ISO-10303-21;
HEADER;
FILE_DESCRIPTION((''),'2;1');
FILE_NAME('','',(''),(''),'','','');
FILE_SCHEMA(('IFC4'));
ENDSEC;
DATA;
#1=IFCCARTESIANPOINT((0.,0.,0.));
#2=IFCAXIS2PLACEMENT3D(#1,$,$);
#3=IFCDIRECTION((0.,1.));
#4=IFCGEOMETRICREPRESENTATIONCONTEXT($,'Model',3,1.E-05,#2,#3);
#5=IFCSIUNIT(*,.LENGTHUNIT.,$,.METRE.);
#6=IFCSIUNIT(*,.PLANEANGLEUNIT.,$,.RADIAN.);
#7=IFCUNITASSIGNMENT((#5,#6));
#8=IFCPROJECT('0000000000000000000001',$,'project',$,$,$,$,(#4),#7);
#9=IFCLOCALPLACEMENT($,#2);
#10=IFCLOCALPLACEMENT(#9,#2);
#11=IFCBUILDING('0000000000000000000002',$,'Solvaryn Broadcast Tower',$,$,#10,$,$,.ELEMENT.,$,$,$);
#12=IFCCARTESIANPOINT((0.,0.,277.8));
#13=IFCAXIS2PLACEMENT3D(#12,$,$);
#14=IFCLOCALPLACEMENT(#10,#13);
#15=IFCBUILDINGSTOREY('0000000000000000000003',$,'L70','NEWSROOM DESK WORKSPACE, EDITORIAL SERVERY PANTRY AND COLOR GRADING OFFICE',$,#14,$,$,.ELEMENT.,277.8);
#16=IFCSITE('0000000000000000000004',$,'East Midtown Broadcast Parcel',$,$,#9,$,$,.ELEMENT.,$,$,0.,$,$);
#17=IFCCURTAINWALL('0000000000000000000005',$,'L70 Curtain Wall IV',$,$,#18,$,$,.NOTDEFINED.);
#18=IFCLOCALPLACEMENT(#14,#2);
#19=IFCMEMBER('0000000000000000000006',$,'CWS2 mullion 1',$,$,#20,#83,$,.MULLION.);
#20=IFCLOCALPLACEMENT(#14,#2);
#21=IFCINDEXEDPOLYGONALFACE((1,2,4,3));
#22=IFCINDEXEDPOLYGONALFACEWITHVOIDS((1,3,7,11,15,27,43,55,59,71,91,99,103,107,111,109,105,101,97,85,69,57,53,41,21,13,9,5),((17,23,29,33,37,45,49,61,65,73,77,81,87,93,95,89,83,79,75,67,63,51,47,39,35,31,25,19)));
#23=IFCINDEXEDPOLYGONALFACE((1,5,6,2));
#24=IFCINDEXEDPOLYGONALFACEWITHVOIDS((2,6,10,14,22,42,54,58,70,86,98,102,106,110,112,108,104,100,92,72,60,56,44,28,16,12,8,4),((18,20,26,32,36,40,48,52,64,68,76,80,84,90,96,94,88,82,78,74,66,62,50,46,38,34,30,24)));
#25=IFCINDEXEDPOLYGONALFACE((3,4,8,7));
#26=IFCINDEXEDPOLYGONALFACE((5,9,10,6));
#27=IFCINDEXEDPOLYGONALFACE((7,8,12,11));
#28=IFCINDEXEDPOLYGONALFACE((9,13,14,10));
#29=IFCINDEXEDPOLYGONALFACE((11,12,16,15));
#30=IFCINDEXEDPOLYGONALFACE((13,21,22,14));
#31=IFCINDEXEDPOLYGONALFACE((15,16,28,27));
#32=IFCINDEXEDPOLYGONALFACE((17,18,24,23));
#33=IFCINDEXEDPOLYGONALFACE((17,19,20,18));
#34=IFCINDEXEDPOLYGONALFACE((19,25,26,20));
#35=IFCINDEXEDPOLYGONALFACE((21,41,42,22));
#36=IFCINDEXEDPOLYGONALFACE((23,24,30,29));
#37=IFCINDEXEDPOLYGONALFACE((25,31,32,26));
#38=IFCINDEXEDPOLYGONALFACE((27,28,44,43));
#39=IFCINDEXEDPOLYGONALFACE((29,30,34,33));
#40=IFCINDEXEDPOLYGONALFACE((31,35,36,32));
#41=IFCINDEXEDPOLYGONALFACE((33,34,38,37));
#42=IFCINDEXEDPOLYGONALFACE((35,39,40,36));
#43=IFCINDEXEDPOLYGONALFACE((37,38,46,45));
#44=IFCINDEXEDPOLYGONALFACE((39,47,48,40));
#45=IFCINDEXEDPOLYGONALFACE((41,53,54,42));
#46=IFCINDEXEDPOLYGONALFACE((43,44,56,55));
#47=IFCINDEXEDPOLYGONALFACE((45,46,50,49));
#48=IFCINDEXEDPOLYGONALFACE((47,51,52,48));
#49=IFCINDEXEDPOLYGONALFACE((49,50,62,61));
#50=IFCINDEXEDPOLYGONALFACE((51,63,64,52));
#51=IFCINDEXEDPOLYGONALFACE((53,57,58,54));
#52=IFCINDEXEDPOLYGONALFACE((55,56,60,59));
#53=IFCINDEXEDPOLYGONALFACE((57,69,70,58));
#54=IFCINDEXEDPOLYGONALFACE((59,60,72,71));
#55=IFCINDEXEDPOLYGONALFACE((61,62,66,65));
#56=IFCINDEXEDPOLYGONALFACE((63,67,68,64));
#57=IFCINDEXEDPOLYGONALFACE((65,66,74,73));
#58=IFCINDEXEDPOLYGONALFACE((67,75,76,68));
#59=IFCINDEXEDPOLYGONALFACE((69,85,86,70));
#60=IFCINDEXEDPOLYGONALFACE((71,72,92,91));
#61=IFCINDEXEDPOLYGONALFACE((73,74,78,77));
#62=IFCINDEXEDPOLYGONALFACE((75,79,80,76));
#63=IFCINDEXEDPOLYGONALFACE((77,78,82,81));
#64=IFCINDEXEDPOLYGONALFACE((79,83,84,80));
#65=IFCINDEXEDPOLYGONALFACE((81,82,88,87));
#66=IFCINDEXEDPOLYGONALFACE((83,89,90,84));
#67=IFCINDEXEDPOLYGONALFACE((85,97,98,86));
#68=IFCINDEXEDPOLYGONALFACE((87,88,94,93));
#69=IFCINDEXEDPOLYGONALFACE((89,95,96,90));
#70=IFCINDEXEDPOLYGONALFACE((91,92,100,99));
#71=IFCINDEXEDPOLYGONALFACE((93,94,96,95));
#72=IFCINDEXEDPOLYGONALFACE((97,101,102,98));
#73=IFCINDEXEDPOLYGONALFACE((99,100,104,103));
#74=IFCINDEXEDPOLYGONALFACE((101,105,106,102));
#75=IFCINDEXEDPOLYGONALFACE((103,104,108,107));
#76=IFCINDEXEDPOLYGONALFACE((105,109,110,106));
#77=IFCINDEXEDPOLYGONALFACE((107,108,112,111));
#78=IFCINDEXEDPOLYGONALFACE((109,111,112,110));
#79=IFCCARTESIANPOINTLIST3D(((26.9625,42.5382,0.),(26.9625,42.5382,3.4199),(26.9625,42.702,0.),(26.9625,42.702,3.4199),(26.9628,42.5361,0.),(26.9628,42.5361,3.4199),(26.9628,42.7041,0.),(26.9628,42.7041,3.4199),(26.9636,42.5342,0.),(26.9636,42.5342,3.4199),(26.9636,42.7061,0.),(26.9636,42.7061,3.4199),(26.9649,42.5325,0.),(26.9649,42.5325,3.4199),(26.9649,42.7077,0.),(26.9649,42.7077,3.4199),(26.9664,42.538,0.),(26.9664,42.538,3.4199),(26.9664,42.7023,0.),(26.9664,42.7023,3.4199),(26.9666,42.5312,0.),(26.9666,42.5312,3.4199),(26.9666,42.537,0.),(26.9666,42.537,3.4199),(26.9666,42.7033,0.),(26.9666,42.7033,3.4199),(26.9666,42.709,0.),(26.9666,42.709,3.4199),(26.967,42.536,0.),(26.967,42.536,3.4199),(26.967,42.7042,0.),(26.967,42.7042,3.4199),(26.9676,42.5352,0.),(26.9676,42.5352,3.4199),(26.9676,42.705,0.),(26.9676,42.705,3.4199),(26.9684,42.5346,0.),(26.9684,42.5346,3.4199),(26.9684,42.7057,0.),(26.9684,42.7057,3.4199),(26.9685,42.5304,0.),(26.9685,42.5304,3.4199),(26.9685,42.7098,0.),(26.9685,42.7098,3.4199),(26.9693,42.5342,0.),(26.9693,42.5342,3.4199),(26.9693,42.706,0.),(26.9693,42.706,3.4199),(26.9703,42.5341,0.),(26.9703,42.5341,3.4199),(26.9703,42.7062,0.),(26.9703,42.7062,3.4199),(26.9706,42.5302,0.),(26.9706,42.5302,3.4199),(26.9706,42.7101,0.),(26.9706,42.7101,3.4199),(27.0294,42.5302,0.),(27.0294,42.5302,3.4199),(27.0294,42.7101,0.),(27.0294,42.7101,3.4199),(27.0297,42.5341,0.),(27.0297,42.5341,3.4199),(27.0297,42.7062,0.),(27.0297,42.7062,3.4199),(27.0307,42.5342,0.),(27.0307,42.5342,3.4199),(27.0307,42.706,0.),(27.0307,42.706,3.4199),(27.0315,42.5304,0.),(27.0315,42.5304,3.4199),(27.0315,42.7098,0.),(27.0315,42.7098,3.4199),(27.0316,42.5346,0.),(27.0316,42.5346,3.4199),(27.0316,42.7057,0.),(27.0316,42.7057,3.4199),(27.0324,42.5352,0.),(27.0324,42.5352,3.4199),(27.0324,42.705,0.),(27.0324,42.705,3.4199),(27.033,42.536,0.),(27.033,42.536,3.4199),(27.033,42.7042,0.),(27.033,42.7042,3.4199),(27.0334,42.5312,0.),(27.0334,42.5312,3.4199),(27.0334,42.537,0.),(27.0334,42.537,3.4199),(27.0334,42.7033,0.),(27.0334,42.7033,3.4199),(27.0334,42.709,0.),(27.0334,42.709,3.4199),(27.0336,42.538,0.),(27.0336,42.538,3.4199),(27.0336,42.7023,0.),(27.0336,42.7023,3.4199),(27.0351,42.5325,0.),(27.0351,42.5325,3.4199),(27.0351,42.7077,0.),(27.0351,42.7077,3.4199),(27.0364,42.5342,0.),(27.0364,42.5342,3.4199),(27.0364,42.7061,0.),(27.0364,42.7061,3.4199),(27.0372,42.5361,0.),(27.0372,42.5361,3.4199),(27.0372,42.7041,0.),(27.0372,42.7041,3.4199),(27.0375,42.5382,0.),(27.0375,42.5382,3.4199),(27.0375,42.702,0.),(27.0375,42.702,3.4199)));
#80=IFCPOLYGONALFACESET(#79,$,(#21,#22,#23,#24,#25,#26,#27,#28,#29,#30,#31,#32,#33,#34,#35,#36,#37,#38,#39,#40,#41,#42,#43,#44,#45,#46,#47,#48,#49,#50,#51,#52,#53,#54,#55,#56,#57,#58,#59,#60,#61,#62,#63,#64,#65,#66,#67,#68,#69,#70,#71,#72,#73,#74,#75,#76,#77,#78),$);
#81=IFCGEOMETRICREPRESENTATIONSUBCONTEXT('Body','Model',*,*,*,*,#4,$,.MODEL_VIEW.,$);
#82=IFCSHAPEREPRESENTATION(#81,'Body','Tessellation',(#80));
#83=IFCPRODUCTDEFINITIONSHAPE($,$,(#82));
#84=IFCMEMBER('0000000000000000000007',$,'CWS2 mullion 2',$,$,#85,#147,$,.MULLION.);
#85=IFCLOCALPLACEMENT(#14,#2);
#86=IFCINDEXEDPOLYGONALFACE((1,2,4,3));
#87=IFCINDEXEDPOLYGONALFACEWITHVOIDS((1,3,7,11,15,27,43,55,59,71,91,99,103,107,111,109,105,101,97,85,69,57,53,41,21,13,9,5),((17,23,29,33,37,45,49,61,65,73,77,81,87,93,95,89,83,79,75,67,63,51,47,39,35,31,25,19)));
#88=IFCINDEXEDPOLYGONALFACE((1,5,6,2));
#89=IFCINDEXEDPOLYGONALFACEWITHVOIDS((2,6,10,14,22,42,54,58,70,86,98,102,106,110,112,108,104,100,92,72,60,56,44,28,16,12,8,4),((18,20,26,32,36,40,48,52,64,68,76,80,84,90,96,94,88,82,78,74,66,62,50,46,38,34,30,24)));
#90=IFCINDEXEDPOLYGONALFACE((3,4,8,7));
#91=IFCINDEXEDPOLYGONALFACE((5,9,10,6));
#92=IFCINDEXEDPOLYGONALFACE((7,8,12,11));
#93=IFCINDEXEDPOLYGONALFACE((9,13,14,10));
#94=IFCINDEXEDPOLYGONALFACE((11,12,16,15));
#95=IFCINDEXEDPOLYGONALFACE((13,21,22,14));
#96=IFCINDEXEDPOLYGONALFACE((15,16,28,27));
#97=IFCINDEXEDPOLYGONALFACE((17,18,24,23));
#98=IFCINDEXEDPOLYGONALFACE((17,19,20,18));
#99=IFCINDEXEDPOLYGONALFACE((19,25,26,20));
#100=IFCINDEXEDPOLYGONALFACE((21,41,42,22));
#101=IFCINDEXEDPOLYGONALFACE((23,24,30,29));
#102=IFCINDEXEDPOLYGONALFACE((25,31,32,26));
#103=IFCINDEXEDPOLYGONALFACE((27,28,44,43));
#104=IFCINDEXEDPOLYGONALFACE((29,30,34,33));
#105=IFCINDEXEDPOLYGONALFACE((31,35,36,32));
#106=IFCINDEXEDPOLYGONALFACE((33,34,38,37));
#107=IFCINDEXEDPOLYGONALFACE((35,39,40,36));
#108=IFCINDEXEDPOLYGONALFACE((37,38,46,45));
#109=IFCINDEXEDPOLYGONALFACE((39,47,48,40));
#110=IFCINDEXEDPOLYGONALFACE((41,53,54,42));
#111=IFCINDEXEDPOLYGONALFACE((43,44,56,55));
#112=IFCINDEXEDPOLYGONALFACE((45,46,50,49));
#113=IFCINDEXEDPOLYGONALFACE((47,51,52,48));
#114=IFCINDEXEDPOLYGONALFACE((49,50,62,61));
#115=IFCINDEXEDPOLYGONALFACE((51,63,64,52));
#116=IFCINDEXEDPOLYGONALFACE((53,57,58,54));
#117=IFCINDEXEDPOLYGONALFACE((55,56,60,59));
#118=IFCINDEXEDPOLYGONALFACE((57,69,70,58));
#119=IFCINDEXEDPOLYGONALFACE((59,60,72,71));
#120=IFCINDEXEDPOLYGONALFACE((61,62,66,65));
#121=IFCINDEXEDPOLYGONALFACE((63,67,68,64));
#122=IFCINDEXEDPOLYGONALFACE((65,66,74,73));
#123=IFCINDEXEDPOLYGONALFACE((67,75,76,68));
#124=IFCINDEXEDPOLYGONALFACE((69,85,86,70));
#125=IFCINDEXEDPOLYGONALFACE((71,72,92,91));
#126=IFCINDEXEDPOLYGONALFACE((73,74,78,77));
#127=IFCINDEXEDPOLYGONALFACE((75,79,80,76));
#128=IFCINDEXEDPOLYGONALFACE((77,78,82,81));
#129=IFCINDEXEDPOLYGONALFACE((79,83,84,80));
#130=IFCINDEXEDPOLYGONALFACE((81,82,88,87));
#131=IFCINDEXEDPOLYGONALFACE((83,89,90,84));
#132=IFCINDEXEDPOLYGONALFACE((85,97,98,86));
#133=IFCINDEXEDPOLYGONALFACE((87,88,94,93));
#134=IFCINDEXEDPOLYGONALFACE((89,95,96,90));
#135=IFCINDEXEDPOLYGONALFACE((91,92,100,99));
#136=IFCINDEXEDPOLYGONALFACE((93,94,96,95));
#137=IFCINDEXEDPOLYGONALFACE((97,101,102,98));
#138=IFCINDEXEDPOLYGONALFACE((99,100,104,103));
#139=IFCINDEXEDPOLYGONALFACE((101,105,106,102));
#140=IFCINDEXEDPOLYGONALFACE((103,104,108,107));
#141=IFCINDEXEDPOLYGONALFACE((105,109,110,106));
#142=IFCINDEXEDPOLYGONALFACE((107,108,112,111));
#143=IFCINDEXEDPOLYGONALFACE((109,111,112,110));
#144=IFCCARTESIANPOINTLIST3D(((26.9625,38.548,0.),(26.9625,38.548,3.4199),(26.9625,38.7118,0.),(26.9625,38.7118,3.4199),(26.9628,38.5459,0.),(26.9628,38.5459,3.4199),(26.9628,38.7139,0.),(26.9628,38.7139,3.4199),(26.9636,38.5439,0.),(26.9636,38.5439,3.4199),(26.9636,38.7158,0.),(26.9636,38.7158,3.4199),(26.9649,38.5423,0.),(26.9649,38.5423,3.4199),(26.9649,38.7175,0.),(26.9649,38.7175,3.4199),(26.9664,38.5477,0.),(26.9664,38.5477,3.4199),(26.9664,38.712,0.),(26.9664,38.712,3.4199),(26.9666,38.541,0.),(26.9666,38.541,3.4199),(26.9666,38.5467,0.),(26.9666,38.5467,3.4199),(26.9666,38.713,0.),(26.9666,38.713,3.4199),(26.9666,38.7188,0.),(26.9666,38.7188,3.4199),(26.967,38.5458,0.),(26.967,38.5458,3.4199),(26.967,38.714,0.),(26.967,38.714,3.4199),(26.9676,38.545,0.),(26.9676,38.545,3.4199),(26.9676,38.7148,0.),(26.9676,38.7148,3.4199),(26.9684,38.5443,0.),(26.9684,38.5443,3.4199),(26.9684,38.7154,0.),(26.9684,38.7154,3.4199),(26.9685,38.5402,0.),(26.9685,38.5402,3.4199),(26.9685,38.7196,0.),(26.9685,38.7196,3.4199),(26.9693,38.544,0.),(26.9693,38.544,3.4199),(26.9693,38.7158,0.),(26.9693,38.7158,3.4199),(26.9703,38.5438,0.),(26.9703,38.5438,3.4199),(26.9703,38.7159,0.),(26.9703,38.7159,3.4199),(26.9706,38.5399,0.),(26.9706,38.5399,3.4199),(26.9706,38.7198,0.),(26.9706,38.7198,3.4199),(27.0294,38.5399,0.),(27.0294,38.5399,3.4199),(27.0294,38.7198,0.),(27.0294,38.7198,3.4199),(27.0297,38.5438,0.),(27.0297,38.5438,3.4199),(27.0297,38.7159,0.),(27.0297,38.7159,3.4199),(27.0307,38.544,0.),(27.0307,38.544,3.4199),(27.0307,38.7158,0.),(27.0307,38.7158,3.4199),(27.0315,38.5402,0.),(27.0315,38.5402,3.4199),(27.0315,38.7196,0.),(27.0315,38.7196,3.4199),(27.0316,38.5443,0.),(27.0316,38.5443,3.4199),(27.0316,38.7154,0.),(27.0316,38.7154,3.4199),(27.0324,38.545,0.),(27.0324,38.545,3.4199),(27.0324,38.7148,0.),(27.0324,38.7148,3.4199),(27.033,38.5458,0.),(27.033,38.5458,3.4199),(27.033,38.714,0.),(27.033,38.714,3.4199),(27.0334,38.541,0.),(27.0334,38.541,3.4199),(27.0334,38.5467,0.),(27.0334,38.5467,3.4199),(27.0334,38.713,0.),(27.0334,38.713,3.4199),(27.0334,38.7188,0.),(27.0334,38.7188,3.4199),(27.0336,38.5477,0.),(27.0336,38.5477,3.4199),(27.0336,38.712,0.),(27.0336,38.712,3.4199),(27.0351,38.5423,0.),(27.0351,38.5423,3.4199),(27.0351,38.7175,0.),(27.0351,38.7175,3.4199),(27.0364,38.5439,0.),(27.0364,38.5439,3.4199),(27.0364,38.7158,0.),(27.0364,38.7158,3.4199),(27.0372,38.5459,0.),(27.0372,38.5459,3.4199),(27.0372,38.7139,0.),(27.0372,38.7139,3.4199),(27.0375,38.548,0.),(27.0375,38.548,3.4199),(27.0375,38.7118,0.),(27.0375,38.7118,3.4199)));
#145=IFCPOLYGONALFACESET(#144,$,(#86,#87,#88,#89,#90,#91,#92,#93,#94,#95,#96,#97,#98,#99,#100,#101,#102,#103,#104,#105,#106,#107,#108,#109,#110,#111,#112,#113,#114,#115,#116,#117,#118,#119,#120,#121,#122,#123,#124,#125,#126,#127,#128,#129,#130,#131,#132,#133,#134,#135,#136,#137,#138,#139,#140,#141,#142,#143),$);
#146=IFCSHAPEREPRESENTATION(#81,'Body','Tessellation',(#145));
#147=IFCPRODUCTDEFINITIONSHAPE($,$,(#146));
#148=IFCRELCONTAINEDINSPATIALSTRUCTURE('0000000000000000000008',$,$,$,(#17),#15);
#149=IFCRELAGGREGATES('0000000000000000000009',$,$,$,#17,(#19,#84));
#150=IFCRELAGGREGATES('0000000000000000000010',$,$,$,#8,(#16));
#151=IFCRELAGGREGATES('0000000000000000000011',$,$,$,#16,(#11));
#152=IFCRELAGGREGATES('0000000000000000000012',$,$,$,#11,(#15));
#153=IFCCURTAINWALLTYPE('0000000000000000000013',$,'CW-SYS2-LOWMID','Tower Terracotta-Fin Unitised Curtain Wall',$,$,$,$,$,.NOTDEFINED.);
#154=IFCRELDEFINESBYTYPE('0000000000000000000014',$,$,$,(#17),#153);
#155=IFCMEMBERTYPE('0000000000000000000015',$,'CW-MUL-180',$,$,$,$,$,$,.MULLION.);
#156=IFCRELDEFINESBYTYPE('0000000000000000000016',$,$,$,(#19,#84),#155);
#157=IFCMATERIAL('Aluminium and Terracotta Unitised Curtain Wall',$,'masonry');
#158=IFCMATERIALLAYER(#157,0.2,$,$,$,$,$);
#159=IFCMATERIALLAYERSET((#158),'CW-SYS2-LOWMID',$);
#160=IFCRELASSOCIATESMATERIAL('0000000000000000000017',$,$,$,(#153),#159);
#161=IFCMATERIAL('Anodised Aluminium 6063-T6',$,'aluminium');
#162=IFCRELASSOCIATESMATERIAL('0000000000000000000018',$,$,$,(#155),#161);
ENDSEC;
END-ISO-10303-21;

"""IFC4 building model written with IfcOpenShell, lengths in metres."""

from ifc_helpers import new_model, si_unit, direction, frame, origin, origin_2d, place, context, subcontext, project, spatial, hollow_rectangle, extrude, material, layer, layer_set, material_profile, profile_set, type_object, element, aggregate, save


model = new_model("IFC4")

# Units and contexts
model_context = context("Model", 3, precision=1e-05, world=origin(), true_north=direction((0.0, 1.0)))
body_context = subcontext(model_context, "Body", "Model", "MODEL_VIEW")
ifc_project = project(units=[si_unit("LENGTHUNIT", "METRE"), si_unit("PLANEANGLEUNIT", "RADIAN")], contexts=[model_context])

# Site, building, storey
site_placement = place(None, origin())
site = spatial("IfcSite", under=ifc_project, at=site_placement, Name="East Midtown Broadcast Parcel", CompositionType="ELEMENT", RefElevation=0.0)
building_placement = place(site_placement, origin())
building = spatial("IfcBuilding", under=site, at=building_placement, Name="Solvaryn Broadcast Tower", CompositionType="ELEMENT")
storey_placement = place(building_placement, frame((0.0, 0.0, 277.8)))
storey = spatial("IfcBuildingStorey", under=building, at=storey_placement, Name="L70", Description="NEWSROOM DESK WORKSPACE, EDITORIAL SERVERY PANTRY AND COLOR GRADING OFFICE", CompositionType="ELEMENT", Elevation=277.8)

# Curtain wall, members
ifc_material_1 = material(Name="Aluminium and Terracotta Unitised Curtain Wall", Category="masonry")
ifc_layer_1 = layer(ifc_material_1, 0.2)
ifc_layer_set_1 = layer_set([ifc_layer_1], Name="CW-SYS2-LOWMID")
curtain_wall_type = type_object("IfcCurtainWallType", Name="CW-SYS2-LOWMID", Description="Tower Terracotta-Fin Unitised Curtain Wall", PredefinedType="NOTDEFINED", material=ifc_layer_set_1)
curtain_wall_1_placement = place(storey_placement, origin())
curtain_wall_1 = element("IfcCurtainWall", 1, at=curtain_wall_1_placement, inside=storey, type_object=curtain_wall_type, Name="L70 Curtain Wall IV", PredefinedType="NOTDEFINED")
ifc_material_2 = material(Name="Anodised Aluminium 6063-T6", Category="aluminium")
ifc_material_profile_1 = material_profile(ifc_material_2, hollow_rectangle(XDim=0.075, YDim=0.1799, WallThickness=0.0039, InnerFilletRadius=0.0039, OuterFilletRadius=0.0081, at=origin_2d()))
ifc_profile_set_1 = profile_set([ifc_material_profile_1], Name="Anodised Aluminium 6063-T6")
member_type_1 = type_object("IfcMemberType", Name="CW-MUL-180", PredefinedType="MULLION", material=ifc_profile_set_1)
member_1_placement = place(storey_placement, frame((27.0, 42.6201, 0.0), z_axis=(0.0, 0.0, 1.0), x_axis=(1.0, 0.0, 0.0)))
member_1 = element("IfcMember", 2, at=member_1_placement, type_object=member_type_1, Name="CWS2 mullion 1", PredefinedType="MULLION", context=body_context, shape_type="SweptSolid", body=[
    extrude(hollow_rectangle(XDim=0.075, YDim=0.1799, WallThickness=0.0039, InnerFilletRadius=0.0039, OuterFilletRadius=0.0081, at=origin_2d()), origin(), (0.0, 0.0, 1.0), 3.4199),
])
member_2_placement = place(storey_placement, frame((27.0, 38.6299, 0.0), z_axis=(0.0, 0.0, 1.0), x_axis=(1.0, 0.0, 0.0)))
member_2 = element("IfcMember", 3, at=member_2_placement, type_object=member_type_1, Name="CWS2 mullion 2", PredefinedType="MULLION", context=body_context, shape_type="SweptSolid", body=[
    extrude(hollow_rectangle(XDim=0.075, YDim=0.1799, WallThickness=0.0039, InnerFilletRadius=0.0039, OuterFilletRadius=0.0081, at=origin_2d()), origin(), (0.0, 0.0, 1.0), 3.4199),
])

aggregate(curtain_wall_1, [member_1, member_2])

save(model, "model.ifc")
